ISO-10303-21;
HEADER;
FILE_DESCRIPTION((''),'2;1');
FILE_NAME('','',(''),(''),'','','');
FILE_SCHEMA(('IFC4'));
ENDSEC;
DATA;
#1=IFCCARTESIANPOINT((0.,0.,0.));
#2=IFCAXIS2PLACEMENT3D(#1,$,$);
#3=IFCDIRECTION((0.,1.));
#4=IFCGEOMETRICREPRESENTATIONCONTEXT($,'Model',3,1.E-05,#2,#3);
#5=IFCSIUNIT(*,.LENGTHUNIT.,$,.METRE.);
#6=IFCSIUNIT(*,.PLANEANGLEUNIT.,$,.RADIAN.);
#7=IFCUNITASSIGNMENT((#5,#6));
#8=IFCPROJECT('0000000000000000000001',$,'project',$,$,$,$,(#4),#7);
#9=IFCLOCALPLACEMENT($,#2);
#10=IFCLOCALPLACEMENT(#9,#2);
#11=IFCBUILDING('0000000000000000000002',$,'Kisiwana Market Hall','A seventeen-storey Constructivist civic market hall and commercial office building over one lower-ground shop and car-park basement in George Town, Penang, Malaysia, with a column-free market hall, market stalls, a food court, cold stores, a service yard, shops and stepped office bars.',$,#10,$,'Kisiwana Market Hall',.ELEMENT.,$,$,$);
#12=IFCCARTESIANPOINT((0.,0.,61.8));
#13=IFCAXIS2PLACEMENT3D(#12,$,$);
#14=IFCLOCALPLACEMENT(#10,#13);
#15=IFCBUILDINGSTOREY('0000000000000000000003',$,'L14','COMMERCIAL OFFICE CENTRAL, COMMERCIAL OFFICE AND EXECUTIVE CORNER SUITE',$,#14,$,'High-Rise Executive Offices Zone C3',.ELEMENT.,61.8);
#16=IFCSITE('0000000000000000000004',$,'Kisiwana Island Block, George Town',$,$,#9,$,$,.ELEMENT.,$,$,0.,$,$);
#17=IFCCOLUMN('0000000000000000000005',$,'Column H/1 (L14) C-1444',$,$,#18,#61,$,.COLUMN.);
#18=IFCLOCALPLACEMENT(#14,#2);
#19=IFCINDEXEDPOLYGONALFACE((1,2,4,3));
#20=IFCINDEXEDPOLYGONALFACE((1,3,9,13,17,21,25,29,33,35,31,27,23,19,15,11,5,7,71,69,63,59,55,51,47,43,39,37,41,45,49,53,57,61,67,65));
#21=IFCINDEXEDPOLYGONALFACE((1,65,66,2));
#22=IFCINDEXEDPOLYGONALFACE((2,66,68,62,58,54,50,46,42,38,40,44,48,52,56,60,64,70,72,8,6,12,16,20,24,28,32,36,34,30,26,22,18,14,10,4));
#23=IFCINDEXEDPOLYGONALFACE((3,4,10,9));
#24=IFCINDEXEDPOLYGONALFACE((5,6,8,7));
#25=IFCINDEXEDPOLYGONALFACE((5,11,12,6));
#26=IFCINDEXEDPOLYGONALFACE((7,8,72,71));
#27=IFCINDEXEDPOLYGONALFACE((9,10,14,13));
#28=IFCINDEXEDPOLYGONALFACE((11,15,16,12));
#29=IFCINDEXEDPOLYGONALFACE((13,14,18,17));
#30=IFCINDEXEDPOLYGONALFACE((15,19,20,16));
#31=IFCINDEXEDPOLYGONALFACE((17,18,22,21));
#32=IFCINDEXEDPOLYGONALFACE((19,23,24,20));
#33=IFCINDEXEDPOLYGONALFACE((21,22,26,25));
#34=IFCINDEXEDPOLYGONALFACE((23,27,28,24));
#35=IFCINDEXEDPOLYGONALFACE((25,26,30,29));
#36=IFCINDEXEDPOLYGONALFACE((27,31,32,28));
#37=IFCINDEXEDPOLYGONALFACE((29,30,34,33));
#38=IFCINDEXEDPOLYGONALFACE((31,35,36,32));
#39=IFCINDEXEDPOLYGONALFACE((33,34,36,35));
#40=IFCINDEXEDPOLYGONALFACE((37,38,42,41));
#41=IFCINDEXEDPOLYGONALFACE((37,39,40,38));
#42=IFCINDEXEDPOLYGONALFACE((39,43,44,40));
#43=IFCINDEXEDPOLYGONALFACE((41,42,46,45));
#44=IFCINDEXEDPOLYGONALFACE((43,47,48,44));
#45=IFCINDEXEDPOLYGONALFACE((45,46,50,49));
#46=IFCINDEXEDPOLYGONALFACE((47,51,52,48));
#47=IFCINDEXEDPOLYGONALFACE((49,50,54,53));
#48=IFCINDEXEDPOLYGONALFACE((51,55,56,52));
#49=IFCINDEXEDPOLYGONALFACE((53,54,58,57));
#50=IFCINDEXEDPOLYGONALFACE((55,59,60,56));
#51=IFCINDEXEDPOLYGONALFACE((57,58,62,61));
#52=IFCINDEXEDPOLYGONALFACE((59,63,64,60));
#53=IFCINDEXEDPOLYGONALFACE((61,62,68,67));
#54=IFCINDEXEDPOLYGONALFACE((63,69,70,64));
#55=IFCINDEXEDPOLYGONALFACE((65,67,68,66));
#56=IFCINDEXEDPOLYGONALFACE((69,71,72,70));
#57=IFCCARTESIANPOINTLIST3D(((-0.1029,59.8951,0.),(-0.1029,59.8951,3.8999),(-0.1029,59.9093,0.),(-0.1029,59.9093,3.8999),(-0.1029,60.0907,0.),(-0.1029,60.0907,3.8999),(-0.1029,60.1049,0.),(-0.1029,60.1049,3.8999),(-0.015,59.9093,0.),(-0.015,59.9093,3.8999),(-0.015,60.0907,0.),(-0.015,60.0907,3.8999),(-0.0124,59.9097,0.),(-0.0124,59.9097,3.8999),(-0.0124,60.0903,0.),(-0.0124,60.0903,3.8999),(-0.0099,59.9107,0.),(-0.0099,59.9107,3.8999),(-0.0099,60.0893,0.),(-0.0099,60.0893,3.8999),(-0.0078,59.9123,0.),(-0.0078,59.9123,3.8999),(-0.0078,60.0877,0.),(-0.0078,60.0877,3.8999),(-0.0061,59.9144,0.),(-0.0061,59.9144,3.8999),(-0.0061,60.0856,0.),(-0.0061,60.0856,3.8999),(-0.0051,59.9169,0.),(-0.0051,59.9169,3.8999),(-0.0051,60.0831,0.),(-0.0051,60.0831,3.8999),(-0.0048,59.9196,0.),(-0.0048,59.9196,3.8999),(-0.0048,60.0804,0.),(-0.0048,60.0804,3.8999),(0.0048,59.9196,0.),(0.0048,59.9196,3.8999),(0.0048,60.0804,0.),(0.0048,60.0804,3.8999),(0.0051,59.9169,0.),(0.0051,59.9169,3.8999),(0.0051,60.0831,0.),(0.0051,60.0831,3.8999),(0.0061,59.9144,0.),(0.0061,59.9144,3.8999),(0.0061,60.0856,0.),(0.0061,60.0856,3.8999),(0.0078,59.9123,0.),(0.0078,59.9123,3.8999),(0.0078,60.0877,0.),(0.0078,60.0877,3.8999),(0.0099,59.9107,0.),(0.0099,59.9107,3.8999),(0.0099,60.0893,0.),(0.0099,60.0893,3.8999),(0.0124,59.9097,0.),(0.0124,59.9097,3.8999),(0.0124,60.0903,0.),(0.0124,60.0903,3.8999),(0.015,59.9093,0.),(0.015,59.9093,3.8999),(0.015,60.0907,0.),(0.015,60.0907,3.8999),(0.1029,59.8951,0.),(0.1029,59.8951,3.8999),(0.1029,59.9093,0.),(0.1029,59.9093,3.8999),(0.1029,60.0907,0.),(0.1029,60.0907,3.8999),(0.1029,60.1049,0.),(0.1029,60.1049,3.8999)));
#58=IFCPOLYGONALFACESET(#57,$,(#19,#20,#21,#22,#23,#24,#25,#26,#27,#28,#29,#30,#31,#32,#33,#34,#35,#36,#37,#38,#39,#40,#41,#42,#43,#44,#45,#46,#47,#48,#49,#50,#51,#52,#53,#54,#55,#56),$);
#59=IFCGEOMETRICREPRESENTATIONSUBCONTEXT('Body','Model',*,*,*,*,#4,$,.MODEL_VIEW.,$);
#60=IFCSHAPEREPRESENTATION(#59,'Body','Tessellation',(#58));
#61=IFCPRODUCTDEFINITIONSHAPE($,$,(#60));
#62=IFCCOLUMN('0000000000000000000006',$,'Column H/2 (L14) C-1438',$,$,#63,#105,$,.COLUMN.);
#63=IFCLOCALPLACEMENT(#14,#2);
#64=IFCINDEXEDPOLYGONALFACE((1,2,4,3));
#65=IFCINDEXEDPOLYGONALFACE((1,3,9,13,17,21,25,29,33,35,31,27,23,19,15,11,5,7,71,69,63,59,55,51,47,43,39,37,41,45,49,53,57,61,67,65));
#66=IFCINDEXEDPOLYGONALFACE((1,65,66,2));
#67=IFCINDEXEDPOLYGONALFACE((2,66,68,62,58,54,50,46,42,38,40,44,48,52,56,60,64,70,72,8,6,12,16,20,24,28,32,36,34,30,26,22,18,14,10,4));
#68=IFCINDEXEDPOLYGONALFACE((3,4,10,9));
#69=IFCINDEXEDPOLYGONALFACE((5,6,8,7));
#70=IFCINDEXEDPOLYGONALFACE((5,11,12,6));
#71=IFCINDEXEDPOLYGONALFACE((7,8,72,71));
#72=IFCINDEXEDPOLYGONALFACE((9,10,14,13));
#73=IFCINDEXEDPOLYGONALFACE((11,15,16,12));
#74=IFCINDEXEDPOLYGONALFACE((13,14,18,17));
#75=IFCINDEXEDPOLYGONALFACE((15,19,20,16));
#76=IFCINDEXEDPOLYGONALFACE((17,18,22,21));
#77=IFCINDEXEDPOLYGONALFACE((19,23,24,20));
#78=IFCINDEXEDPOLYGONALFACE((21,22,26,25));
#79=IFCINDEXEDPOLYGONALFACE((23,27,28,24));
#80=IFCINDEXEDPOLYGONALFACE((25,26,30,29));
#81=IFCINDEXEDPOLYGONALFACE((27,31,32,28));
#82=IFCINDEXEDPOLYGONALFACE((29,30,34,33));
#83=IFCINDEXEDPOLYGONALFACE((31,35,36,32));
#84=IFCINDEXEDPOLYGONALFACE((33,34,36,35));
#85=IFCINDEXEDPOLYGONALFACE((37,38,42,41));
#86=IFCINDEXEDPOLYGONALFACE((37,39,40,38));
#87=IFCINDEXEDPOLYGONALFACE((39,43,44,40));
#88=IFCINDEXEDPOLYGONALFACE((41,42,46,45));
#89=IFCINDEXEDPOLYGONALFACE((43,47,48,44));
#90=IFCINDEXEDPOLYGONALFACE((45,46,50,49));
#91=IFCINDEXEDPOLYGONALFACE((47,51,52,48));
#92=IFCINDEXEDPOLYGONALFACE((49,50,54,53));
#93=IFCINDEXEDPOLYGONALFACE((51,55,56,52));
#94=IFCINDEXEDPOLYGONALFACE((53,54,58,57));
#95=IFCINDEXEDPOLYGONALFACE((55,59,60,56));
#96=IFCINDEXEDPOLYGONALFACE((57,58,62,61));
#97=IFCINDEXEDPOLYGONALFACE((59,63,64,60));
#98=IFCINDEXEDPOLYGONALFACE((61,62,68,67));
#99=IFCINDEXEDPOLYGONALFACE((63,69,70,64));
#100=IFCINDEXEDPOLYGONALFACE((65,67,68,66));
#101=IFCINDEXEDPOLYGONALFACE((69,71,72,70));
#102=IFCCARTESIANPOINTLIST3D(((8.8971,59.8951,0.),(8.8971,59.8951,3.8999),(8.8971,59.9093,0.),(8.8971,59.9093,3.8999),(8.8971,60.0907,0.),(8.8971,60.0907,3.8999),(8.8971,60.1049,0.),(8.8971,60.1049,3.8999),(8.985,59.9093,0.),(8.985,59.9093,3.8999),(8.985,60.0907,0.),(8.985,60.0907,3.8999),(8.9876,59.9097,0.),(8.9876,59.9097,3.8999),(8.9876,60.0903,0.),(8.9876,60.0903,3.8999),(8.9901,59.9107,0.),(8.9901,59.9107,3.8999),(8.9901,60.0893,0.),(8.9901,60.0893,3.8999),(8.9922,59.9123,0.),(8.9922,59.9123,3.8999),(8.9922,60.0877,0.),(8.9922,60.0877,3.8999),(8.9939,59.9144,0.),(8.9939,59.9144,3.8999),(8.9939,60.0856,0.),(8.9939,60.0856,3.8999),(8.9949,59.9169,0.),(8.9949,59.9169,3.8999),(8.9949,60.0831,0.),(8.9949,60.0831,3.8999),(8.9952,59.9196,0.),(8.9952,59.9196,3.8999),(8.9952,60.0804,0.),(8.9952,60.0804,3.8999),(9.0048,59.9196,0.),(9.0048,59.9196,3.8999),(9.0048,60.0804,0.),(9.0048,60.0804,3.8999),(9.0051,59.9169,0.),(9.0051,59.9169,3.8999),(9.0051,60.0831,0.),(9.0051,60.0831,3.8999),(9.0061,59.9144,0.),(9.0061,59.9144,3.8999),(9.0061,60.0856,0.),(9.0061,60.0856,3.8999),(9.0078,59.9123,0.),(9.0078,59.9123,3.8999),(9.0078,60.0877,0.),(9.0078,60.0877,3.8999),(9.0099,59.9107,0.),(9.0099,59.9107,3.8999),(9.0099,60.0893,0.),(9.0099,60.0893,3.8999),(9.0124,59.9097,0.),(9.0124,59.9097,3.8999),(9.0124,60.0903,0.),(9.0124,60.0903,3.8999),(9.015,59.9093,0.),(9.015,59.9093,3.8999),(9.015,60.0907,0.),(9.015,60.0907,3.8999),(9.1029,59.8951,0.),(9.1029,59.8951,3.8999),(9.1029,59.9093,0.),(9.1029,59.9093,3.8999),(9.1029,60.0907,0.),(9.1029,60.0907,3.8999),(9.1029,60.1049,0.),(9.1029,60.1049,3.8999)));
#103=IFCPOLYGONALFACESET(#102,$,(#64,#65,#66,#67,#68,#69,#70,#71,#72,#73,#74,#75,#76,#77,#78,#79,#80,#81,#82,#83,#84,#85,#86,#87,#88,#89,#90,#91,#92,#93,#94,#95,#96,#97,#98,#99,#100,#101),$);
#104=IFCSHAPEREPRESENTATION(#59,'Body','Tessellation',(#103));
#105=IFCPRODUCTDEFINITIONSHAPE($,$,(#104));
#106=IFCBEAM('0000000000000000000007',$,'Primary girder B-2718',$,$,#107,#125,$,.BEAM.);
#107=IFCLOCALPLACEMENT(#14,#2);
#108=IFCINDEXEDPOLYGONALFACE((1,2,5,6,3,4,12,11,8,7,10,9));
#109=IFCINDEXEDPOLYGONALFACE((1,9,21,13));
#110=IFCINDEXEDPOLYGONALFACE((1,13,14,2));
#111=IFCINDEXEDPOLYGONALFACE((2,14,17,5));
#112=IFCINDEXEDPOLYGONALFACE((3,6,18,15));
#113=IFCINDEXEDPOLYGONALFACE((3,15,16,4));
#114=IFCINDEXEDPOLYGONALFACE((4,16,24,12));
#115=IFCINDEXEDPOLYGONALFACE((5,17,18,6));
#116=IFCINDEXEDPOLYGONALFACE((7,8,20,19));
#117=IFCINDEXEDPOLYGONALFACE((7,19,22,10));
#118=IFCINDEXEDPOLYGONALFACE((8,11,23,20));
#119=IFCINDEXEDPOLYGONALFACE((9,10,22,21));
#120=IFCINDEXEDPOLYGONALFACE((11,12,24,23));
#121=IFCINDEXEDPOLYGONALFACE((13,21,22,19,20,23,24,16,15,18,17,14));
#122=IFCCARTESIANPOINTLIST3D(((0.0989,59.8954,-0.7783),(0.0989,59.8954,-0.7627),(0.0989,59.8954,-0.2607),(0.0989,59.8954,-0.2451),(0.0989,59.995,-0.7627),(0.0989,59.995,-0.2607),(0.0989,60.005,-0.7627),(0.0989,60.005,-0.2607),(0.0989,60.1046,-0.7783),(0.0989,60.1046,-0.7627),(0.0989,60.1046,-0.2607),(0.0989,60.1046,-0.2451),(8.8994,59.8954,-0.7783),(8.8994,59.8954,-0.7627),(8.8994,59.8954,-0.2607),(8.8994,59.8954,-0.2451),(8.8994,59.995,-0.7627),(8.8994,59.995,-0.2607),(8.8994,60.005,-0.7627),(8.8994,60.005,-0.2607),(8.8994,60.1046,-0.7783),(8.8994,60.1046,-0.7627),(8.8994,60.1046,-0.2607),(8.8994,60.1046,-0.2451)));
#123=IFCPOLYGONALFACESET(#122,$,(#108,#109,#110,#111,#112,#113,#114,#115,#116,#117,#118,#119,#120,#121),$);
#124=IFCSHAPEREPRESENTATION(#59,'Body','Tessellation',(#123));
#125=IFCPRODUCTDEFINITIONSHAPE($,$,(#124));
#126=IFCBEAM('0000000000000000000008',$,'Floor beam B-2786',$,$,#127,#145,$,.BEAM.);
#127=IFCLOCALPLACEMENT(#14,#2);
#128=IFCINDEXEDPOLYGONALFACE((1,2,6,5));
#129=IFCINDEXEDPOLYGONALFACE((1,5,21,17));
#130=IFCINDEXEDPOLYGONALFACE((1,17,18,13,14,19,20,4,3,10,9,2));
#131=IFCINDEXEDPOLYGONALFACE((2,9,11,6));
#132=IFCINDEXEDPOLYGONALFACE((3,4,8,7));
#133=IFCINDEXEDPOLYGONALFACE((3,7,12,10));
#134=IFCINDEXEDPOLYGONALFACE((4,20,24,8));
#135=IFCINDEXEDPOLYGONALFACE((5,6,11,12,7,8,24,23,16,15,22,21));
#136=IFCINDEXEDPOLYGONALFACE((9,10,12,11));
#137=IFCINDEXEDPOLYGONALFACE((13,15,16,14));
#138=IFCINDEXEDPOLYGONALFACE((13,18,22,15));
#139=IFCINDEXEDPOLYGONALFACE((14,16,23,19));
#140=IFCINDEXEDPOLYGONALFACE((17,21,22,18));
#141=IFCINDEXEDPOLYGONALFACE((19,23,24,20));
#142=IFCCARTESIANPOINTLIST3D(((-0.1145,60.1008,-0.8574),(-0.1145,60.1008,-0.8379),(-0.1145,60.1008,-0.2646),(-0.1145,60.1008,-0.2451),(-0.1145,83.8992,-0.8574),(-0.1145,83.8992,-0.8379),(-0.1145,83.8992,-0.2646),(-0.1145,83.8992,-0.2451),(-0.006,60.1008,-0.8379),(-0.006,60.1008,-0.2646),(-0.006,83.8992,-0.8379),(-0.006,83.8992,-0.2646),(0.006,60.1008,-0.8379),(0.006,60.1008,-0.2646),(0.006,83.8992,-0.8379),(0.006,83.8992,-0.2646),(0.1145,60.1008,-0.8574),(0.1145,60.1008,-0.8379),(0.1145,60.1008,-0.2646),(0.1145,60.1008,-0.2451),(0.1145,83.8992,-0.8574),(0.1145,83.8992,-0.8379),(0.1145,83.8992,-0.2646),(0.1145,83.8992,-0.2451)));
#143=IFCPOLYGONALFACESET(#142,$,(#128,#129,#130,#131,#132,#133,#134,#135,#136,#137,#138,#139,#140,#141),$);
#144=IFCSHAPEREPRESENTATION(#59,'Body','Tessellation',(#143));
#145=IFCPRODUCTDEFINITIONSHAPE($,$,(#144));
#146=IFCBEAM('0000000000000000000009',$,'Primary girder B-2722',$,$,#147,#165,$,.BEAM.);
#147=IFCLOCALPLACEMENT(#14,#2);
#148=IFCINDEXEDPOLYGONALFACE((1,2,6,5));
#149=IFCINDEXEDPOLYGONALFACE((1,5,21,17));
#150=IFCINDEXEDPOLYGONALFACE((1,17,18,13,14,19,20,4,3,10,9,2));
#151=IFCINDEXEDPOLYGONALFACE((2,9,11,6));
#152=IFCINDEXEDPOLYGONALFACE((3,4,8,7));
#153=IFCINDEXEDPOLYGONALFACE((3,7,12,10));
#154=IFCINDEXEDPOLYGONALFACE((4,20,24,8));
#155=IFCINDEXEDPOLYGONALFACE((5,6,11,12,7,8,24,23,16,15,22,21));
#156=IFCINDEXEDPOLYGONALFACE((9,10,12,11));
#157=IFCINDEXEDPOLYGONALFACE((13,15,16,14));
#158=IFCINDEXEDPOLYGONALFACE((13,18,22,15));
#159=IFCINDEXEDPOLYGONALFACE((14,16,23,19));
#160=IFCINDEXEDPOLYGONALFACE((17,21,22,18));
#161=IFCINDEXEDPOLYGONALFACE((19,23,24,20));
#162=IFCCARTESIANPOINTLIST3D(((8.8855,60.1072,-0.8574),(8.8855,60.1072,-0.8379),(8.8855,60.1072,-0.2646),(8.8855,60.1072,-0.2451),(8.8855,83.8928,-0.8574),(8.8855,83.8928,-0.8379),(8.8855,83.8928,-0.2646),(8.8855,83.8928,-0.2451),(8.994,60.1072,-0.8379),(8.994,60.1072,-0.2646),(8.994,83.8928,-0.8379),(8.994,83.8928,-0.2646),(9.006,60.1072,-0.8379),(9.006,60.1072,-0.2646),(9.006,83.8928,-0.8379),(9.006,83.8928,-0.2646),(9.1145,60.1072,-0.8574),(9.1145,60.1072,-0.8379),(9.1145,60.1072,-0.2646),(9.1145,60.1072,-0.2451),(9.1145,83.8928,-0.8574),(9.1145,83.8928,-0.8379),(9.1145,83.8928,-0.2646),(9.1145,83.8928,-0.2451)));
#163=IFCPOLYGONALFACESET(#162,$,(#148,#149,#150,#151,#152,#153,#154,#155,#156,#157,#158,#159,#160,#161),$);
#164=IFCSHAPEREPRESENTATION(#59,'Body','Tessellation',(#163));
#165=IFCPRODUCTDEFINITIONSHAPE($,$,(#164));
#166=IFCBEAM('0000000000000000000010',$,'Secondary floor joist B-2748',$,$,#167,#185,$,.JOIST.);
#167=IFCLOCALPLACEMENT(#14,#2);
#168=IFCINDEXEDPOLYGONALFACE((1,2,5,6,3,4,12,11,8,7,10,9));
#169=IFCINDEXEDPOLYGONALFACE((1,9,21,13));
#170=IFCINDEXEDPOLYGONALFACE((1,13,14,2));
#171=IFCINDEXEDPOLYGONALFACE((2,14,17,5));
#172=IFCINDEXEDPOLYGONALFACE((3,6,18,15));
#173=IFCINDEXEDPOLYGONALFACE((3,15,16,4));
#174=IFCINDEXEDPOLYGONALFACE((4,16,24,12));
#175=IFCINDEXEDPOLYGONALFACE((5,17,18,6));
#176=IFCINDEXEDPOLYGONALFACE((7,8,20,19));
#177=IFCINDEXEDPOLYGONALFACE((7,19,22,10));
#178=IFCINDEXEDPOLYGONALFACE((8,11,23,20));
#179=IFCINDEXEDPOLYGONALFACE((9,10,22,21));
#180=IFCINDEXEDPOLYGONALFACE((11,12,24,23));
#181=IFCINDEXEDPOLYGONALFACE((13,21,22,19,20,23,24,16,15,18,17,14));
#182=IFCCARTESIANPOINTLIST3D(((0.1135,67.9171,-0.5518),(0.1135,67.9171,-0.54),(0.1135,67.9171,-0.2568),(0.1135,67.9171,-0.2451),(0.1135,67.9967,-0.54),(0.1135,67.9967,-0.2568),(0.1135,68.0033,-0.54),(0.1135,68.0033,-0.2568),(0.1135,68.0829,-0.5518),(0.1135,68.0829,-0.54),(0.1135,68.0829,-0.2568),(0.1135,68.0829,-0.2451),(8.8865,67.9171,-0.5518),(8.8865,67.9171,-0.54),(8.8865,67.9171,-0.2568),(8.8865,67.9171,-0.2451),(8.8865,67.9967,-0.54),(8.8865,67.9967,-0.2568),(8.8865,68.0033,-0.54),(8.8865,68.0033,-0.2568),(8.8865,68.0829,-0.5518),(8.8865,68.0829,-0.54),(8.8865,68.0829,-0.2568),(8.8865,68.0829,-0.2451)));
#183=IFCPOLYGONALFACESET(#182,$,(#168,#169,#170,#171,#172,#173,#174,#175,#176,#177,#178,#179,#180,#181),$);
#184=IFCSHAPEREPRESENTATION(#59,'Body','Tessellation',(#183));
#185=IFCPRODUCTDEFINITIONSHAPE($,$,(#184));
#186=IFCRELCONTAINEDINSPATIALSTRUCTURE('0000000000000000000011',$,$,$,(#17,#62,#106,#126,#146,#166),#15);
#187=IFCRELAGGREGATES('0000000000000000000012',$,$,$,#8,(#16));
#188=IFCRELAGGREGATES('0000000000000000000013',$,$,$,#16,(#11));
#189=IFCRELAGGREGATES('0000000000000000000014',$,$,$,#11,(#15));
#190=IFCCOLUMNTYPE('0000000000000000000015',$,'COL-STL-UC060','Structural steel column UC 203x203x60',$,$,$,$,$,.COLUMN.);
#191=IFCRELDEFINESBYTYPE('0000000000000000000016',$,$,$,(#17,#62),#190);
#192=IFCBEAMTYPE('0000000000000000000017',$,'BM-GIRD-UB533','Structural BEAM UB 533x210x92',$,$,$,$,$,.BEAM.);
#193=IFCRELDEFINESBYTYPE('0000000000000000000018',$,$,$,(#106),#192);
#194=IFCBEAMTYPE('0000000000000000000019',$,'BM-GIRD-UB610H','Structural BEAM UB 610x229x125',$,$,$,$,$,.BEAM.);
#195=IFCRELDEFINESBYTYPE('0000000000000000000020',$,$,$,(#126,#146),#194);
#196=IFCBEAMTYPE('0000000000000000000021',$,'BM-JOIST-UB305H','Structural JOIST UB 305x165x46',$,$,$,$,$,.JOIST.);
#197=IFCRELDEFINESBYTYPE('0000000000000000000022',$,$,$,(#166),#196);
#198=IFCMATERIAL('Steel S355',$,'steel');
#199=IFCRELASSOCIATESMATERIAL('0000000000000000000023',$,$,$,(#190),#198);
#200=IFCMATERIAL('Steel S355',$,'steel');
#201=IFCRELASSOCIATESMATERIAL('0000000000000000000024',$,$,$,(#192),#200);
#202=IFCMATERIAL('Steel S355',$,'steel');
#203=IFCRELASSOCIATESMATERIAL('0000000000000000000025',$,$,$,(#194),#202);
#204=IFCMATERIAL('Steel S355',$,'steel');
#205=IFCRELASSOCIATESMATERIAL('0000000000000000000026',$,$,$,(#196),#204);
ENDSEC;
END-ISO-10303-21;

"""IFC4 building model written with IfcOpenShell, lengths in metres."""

from ifc_helpers import new_model, si_unit, direction, frame, origin, origin_2d, place, context, subcontext, project, spatial, i_section, extrude, material, material_profile, profile_set, type_object, element, save


model = new_model("IFC4")

# Units and contexts
model_context = context("Model", 3, precision=1e-05, world=origin(), true_north=direction((0.0, 1.0)))
body_context = subcontext(model_context, "Body", "Model", "MODEL_VIEW")
ifc_project = project(units=[si_unit("LENGTHUNIT", "METRE"), si_unit("PLANEANGLEUNIT", "RADIAN")], contexts=[model_context])

# Site, building, storey
site_placement = place(None, origin())
site = spatial("IfcSite", under=ifc_project, at=site_placement, Name="Kisiwana Island Block, George Town", CompositionType="ELEMENT", RefElevation=0.0)
building_placement = place(site_placement, origin())
building = spatial("IfcBuilding", under=site, at=building_placement, Name="Kisiwana Market Hall", Description="A seventeen-storey Constructivist civic market hall and commercial office building over one lower-ground shop and car-park basement in George Town, Penang, Malaysia, with a column-free market hall, market stalls, a food court, cold stores, a service yard, shops and stepped office bars.", LongName="Kisiwana Market Hall", CompositionType="ELEMENT")
storey_placement = place(building_placement, frame((0.0, 0.0, 61.8)))
storey = spatial("IfcBuildingStorey", under=building, at=storey_placement, Name="L14", Description="COMMERCIAL OFFICE CENTRAL, COMMERCIAL OFFICE AND EXECUTIVE CORNER SUITE", LongName="High-Rise Executive Offices Zone C3", CompositionType="ELEMENT", Elevation=61.8)

# Columns
ifc_material_1 = material(Name="Steel S355", Category="steel")
ifc_material_profile_1 = material_profile(ifc_material_1, i_section(OverallWidth=0.2058, OverallDepth=0.2097, WebThickness=0.0095, FlangeThickness=0.0142, FilletRadius=0.0103, at=origin_2d()), Name="UC 203x203x60")
ifc_profile_set_1 = profile_set([ifc_material_profile_1], Name="Steel S355")
column_type = type_object("IfcColumnType", Name="COL-STL-UC060", Description="Structural steel column UC 203x203x60", PredefinedType="COLUMN", material=ifc_profile_set_1)
for number, where, z_axis, x_axis, name in (
    (1, (0.0, 60.0, 0.0), (0.0, 0.0, 1.0), (1.0, 0.0, 0.0), "Column H/1 (L14) C-1444"),
    (2, (9.0, 60.0, 0.0), (0.0, 0.0, 1.0), (1.0, 0.0, 0.0), "Column H/2 (L14) C-1438"),
):
    element("IfcColumn", number, at=place(storey_placement, frame(where, z_axis=z_axis, x_axis=x_axis)), inside=storey, type_object=column_type, Name=name, PredefinedType="COLUMN", context=body_context, shape_type="SweptSolid", body=[
        extrude(i_section(OverallWidth=0.2058, OverallDepth=0.2097, WebThickness=0.0095, FlangeThickness=0.0142, FilletRadius=0.0103, at=origin_2d()), origin(), (0.0, 0.0, 1.0), 3.8999),
    ])

# Beams
ifc_material_2 = material(Name="Steel S355", Category="steel")
ifc_material_profile_2 = material_profile(ifc_material_2, i_section(OverallWidth=0.2092, OverallDepth=0.5332, WebThickness=0.01, FlangeThickness=0.0156, at=origin_2d()), Name="UB 533x210x92")
ifc_profile_set_2 = profile_set([ifc_material_profile_2], Name="Steel S355")
beam_type_1 = type_object("IfcBeamType", Name="BM-GIRD-UB533", Description="Structural BEAM UB 533x210x92", PredefinedType="BEAM", material=ifc_profile_set_2)
beam_1_placement = place(storey_placement, frame((0.0989, 60.0, -0.5117), z_axis=(1.0, 0.0, 0.0), x_axis=(0.0, 1.0, 0.0)))
element("IfcBeam", 3, at=beam_1_placement, inside=storey, type_object=beam_type_1, Name="Primary girder B-2718", PredefinedType="BEAM", context=body_context, shape_type="SweptSolid", body=[
    extrude(i_section(OverallWidth=0.2092, OverallDepth=0.5332, WebThickness=0.01, FlangeThickness=0.0156, at=origin_2d()), origin(), (0.0, 0.0, 1.0), 8.8005),
])
ifc_material_3 = material(Name="Steel S355", Category="steel")
ifc_material_profile_3 = material_profile(ifc_material_3, i_section(OverallWidth=0.229, OverallDepth=0.6123, WebThickness=0.012, FlangeThickness=0.0195, at=origin_2d()), Name="UB 610x229x125")
ifc_profile_set_3 = profile_set([ifc_material_profile_3], Name="Steel S355")
beam_type_2 = type_object("IfcBeamType", Name="BM-GIRD-UB610H", Description="Structural BEAM UB 610x229x125", PredefinedType="BEAM", material=ifc_profile_set_3)
beam_2_placement = place(storey_placement, frame((0.0, 60.1008, -0.5513), z_axis=(0.0, 1.0, 0.0), x_axis=(-1.0, 0.0, 0.0)))
element("IfcBeam", 4, at=beam_2_placement, inside=storey, type_object=beam_type_2, Name="Floor beam B-2786", PredefinedType="BEAM", context=body_context, shape_type="SweptSolid", body=[
    extrude(i_section(OverallWidth=0.229, OverallDepth=0.6123, WebThickness=0.012, FlangeThickness=0.0195, at=origin_2d()), origin(), (0.0, 0.0, 1.0), 23.7983),
])
beam_3_placement = place(storey_placement, frame((9.0, 60.1072, -0.5513), z_axis=(0.0, 1.0, 0.0), x_axis=(-1.0, 0.0, 0.0)))
element("IfcBeam", 5, at=beam_3_placement, inside=storey, type_object=beam_type_2, Name="Primary girder B-2722", PredefinedType="BEAM", context=body_context, shape_type="SweptSolid", body=[
    extrude(i_section(OverallWidth=0.229, OverallDepth=0.6123, WebThickness=0.012, FlangeThickness=0.0195, at=origin_2d()), origin(), (0.0, 0.0, 1.0), 23.7856),
])
ifc_material_4 = material(Name="Steel S355", Category="steel")
ifc_material_profile_4 = material_profile(ifc_material_4, i_section(OverallWidth=0.1658, OverallDepth=0.3066, WebThickness=0.0066, FlangeThickness=0.0117, at=origin_2d()), Name="UB 305x165x46")
ifc_profile_set_4 = profile_set([ifc_material_profile_4], Name="Steel S355")
beam_type_3 = type_object("IfcBeamType", Name="BM-JOIST-UB305H", Description="Structural JOIST UB 305x165x46", PredefinedType="JOIST", material=ifc_profile_set_4)
for number, where, z_axis, x_axis, name in (
    (6, (0.1135, 68.0, -0.3984), (1.0, 0.0, 0.0), (0.0, 1.0, 0.0), "Secondary floor joist B-2748"),
):
    element("IfcBeam", number, at=place(storey_placement, frame(where, z_axis=z_axis, x_axis=x_axis)), inside=storey, type_object=beam_type_3, Name=name, PredefinedType="JOIST", context=body_context, shape_type="SweptSolid", body=[
        extrude(i_section(OverallWidth=0.1658, OverallDepth=0.3066, WebThickness=0.0066, FlangeThickness=0.0117, at=origin_2d()), origin(), (0.0, 0.0, 1.0), 8.7729),
    ])

save(model, "model.ifc")
